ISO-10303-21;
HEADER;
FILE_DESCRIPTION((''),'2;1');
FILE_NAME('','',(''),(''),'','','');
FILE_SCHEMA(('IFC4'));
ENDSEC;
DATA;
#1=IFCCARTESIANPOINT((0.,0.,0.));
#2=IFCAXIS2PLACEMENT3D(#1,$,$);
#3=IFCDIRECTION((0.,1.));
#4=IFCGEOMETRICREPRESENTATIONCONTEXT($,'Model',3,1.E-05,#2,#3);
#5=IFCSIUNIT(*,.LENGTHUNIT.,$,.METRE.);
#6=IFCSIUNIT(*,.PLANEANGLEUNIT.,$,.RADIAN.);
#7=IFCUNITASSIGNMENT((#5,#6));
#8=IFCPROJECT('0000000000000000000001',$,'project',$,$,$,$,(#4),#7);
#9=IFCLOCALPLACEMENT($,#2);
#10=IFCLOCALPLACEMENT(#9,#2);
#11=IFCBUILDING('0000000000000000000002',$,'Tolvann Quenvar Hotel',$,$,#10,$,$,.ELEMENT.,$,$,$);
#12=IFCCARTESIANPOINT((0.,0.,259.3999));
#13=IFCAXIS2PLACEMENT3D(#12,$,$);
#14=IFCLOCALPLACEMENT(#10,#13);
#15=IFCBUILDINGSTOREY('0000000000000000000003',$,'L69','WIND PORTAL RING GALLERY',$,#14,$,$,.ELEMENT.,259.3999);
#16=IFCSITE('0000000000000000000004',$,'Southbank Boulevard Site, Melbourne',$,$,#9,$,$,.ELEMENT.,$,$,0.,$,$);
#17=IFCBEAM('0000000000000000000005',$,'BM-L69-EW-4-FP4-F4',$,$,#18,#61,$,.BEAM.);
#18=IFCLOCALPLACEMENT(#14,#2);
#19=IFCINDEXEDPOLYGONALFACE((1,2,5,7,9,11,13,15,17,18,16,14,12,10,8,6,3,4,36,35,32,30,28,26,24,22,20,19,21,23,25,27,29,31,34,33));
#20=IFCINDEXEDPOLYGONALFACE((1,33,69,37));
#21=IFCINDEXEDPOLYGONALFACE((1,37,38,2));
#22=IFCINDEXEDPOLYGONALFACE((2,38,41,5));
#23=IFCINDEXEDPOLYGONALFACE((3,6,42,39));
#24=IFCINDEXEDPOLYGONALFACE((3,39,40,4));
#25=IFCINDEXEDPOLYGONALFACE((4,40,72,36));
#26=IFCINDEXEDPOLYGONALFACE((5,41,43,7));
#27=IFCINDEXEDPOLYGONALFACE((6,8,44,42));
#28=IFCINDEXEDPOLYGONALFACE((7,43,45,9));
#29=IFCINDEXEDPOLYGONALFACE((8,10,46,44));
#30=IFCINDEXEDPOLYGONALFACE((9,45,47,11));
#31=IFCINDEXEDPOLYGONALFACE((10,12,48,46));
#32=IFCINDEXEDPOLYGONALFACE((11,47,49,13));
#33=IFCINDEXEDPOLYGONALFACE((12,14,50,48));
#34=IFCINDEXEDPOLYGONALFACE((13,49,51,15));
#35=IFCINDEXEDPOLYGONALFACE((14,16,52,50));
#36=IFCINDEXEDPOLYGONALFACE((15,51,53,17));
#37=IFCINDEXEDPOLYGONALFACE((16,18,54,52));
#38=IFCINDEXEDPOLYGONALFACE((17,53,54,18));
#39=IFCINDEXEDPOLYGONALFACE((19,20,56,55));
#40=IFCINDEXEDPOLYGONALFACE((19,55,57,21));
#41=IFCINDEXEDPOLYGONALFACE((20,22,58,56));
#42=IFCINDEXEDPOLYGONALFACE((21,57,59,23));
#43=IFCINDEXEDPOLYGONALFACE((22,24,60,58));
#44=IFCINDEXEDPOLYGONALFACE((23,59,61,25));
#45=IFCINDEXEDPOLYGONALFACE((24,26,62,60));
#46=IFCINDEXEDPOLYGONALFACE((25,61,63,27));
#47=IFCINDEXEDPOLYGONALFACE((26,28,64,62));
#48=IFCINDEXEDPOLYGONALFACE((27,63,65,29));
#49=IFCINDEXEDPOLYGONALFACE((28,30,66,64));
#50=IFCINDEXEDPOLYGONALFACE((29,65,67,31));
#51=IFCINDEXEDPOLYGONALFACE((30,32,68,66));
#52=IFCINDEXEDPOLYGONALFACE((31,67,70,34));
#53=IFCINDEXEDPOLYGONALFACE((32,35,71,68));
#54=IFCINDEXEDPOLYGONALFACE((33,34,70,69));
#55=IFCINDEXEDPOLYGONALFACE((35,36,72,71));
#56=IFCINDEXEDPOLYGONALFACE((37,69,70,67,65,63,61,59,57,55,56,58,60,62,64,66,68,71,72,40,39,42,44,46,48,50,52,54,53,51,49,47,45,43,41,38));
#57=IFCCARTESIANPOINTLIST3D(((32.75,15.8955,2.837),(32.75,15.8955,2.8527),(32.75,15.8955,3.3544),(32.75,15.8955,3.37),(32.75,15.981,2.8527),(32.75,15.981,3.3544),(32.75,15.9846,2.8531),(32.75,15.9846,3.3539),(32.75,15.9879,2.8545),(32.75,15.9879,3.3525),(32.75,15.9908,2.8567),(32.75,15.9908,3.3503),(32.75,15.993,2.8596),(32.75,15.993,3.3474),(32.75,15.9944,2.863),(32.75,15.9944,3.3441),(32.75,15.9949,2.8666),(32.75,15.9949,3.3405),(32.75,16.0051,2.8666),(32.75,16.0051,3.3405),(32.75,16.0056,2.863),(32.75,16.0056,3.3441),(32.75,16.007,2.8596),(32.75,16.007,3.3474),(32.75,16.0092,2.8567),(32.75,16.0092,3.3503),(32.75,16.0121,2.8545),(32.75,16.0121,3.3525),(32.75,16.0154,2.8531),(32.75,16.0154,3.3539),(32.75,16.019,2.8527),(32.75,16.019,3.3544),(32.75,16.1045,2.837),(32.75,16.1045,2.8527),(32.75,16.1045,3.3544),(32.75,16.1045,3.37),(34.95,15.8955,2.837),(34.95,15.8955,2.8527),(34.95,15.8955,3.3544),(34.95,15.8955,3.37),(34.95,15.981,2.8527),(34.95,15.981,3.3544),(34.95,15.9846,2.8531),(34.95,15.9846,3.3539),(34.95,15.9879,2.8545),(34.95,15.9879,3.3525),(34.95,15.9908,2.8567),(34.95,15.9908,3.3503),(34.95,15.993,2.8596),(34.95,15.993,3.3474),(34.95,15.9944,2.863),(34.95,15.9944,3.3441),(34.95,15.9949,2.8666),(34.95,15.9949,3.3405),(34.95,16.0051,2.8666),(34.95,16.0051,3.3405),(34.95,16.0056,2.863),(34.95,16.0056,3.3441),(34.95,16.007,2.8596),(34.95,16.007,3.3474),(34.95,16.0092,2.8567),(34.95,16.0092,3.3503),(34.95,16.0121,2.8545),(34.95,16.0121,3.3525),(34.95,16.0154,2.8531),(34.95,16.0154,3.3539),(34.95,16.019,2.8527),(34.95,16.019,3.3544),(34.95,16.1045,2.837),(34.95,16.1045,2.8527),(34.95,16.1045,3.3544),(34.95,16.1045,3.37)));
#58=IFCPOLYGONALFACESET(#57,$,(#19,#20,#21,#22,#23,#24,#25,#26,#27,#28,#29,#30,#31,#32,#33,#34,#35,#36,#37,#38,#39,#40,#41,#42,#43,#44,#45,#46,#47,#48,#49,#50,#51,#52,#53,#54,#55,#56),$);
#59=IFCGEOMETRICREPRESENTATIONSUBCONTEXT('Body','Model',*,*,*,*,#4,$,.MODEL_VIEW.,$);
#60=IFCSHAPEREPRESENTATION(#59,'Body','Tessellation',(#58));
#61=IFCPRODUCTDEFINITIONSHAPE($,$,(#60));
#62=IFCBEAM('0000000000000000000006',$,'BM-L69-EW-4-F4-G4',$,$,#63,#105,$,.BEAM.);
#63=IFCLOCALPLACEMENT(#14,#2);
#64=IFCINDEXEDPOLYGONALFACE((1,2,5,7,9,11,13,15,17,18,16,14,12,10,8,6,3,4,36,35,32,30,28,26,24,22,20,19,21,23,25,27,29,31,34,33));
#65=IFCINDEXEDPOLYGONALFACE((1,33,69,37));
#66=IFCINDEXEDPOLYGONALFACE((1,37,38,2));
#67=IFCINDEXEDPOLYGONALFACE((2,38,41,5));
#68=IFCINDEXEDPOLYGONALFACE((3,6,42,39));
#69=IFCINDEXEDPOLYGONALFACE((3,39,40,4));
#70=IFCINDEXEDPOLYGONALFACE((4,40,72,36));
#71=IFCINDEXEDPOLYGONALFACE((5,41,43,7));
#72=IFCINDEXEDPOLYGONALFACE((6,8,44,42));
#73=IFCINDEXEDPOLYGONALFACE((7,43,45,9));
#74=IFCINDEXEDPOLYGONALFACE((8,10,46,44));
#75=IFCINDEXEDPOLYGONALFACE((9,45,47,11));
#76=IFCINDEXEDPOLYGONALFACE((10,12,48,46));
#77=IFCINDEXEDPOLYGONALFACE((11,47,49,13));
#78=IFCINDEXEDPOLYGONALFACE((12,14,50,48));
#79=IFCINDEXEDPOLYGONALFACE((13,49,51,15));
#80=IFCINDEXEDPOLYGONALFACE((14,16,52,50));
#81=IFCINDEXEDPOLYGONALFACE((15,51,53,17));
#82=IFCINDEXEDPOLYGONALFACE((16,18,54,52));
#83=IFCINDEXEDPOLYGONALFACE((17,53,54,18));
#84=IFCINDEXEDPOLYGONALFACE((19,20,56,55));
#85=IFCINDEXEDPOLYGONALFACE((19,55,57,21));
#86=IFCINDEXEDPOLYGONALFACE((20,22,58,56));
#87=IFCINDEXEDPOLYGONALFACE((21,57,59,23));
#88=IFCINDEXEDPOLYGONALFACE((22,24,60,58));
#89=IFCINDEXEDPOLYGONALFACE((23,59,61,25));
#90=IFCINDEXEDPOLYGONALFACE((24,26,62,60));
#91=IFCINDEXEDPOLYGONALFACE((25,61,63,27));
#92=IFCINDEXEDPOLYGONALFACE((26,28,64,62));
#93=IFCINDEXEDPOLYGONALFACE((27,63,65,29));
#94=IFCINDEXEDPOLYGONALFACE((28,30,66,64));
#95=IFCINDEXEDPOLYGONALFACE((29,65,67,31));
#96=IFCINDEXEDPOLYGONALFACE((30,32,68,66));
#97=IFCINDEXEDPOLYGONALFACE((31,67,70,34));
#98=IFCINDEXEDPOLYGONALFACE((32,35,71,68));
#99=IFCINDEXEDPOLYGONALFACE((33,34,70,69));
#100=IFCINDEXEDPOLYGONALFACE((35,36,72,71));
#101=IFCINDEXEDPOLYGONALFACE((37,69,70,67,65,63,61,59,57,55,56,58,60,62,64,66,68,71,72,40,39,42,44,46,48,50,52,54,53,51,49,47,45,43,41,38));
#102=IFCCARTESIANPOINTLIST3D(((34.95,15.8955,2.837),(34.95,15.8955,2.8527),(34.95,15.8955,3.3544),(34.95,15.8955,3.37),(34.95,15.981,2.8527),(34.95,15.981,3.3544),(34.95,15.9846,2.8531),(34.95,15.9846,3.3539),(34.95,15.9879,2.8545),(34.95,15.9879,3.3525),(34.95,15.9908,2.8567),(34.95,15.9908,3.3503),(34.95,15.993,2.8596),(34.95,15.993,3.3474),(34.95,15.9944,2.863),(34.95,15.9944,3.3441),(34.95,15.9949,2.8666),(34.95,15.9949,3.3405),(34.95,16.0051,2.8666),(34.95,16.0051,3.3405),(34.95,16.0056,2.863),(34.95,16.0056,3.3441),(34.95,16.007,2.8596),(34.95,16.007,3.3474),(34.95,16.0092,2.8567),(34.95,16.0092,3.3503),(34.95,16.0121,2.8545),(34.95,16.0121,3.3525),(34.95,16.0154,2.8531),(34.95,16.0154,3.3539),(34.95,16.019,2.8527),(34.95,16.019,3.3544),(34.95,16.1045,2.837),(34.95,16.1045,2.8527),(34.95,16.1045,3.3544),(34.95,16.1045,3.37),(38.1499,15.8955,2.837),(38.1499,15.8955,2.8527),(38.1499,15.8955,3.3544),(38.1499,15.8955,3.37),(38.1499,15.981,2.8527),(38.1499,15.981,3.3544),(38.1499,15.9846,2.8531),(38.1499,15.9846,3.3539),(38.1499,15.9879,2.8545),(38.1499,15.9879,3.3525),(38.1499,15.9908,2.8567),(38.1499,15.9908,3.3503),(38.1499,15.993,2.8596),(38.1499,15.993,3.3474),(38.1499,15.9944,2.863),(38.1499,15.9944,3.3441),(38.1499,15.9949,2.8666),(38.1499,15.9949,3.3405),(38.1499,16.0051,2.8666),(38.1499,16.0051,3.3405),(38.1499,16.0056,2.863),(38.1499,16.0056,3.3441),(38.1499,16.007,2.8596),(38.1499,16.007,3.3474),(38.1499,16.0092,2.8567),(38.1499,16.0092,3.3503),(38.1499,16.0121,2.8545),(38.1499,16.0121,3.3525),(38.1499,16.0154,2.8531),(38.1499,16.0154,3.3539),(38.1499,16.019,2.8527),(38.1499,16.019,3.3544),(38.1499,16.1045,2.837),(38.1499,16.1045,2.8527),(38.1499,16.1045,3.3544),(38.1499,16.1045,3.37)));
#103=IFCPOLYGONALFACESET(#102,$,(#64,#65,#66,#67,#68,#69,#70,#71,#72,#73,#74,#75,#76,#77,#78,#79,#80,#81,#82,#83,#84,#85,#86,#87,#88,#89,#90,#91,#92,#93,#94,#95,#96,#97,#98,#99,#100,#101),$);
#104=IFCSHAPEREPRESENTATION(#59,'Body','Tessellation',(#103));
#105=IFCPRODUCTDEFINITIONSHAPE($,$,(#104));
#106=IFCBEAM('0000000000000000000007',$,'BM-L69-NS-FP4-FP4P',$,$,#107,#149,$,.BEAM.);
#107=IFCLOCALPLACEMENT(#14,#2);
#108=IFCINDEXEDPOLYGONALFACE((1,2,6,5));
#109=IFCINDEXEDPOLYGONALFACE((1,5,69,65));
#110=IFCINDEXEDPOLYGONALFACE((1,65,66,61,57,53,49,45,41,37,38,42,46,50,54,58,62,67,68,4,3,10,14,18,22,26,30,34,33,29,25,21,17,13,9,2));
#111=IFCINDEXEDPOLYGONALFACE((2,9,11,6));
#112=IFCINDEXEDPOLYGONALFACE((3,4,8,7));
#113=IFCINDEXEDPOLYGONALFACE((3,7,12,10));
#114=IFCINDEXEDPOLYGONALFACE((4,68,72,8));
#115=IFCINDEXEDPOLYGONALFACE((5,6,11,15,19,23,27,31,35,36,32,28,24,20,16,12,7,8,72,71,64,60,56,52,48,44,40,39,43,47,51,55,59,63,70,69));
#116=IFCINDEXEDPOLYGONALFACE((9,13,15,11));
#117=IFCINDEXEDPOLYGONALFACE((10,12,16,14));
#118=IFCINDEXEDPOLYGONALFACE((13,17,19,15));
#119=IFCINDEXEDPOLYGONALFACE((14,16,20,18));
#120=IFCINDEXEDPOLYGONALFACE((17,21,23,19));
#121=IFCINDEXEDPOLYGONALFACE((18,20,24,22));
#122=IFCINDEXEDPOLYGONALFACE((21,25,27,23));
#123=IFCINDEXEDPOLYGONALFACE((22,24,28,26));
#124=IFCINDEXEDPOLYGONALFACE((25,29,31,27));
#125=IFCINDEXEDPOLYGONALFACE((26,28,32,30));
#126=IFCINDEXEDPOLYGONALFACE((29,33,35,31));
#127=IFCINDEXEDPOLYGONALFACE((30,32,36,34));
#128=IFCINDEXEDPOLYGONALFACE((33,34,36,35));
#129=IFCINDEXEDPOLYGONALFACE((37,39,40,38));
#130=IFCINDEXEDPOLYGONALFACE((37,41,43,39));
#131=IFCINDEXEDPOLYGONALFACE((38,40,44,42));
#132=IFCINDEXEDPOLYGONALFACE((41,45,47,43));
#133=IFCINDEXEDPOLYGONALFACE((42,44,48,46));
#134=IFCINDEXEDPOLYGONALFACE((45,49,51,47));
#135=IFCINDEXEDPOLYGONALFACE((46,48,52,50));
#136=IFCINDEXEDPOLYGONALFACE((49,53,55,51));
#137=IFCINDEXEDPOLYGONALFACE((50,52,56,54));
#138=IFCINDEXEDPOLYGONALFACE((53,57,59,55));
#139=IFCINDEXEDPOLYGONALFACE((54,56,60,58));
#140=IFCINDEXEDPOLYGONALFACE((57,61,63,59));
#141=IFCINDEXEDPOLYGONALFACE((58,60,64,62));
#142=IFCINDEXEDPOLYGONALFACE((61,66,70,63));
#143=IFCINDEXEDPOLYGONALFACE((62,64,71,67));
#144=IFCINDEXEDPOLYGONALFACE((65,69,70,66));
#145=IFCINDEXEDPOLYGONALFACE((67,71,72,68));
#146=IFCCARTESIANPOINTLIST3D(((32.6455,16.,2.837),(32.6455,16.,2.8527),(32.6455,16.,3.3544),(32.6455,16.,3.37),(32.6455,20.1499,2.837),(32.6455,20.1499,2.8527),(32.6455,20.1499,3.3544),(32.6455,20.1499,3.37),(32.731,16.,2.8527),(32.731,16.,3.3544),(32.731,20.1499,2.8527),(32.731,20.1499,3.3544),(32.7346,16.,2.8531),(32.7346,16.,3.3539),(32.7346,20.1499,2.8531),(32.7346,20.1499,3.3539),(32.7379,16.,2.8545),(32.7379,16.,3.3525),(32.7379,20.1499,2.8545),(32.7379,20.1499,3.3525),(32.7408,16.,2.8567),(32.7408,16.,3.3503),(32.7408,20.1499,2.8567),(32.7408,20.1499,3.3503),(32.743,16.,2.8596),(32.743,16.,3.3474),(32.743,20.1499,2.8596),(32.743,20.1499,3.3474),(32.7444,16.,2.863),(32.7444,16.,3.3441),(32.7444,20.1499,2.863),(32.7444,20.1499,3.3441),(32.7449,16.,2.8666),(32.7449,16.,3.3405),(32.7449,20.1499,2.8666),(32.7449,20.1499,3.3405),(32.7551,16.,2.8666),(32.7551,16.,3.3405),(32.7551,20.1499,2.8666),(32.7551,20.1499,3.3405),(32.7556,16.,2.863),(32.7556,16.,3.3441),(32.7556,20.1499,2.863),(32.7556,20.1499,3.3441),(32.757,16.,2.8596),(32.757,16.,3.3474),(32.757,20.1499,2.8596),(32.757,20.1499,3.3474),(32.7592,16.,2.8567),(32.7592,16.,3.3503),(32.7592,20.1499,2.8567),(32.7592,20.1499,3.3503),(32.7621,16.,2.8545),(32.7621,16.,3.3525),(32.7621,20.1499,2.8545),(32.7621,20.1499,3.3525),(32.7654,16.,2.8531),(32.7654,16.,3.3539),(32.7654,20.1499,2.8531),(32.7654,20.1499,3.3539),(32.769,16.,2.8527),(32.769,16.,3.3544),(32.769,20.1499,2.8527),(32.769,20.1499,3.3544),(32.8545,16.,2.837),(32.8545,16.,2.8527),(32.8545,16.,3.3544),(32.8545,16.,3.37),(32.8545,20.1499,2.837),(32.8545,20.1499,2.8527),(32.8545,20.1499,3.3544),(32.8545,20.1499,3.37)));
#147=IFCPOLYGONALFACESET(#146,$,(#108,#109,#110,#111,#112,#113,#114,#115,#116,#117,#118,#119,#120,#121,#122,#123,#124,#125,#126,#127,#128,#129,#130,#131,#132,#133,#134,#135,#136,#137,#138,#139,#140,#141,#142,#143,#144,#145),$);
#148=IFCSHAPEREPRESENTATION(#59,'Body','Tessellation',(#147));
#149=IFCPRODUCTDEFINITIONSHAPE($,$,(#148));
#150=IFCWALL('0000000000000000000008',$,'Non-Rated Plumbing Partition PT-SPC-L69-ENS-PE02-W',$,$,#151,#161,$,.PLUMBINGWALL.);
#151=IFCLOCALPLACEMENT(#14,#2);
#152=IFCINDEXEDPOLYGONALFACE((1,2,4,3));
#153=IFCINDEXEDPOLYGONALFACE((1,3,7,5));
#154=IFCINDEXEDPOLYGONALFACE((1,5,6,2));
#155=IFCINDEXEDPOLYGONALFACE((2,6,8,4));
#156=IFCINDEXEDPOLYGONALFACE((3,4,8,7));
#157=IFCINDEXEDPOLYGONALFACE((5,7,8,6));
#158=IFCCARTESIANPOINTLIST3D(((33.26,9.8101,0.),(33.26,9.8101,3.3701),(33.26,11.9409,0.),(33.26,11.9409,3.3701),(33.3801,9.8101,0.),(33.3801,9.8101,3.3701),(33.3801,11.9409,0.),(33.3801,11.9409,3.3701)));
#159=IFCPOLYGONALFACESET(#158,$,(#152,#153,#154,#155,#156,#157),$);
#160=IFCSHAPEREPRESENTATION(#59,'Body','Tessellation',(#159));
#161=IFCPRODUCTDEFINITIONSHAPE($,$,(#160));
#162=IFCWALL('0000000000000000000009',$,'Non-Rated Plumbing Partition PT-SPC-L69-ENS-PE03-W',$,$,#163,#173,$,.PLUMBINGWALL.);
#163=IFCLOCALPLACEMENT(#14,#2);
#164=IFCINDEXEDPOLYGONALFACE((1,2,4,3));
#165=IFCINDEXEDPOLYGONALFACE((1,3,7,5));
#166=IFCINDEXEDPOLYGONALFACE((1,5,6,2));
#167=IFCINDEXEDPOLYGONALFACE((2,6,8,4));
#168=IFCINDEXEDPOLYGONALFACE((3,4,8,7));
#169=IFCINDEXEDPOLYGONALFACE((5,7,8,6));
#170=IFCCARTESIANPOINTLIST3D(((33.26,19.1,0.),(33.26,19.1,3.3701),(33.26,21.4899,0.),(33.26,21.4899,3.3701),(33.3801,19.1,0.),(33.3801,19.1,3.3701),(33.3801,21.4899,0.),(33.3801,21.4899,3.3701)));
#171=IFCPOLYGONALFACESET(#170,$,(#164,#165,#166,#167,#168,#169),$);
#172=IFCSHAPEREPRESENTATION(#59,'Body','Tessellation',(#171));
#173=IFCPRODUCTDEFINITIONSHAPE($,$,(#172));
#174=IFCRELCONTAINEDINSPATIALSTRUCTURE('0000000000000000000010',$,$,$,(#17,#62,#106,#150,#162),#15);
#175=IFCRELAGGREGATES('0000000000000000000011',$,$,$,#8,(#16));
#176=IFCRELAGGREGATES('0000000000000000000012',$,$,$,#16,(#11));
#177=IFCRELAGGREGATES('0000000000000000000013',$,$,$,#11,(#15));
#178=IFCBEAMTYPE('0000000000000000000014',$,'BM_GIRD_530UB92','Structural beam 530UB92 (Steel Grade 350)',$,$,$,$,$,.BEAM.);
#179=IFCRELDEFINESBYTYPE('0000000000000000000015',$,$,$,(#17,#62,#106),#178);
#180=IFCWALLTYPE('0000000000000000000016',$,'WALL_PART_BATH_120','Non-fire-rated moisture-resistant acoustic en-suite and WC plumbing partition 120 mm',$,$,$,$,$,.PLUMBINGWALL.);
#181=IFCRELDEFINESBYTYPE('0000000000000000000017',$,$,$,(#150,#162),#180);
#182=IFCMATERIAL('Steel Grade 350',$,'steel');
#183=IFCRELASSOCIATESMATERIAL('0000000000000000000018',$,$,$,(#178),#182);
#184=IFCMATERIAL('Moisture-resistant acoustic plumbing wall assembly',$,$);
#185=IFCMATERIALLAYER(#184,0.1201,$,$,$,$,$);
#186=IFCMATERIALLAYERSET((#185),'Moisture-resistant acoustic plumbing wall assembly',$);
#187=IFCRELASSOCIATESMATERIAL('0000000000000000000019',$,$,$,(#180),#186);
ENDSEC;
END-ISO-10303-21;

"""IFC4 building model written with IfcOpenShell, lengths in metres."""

from ifc_helpers import new_model, si_unit, direction, frame, frame_2d, origin, origin_2d, place, context, subcontext, project, spatial, rectangle, i_section, extrude, source, transform, mapped, material, layer, layer_set, material_profile, profile_set, type_object, element, save


model = new_model("IFC4")

# Units and contexts
model_context = context("Model", 3, precision=1e-05, world=origin(), true_north=direction((0.0, 1.0)))
body_context = subcontext(model_context, "Body", "Model", "MODEL_VIEW")
ifc_project = project(units=[si_unit("LENGTHUNIT", "METRE"), si_unit("PLANEANGLEUNIT", "RADIAN")], contexts=[model_context])

# Site, building, storey
site_placement = place(None, origin())
site = spatial("IfcSite", under=ifc_project, at=site_placement, Name="Southbank Boulevard Site, Melbourne", CompositionType="ELEMENT", RefElevation=0.0)
building_placement = place(site_placement, origin())
building = spatial("IfcBuilding", under=site, at=building_placement, Name="Tolvann Quenvar Hotel", CompositionType="ELEMENT")
storey_placement = place(building_placement, frame((0.0, 0.0, 259.3999)))
storey = spatial("IfcBuildingStorey", under=building, at=storey_placement, Name="L69", Description="WIND PORTAL RING GALLERY", CompositionType="ELEMENT", Elevation=259.3999)

# Shared definitions
ifc_material_1 = material(Name="Steel Grade 350", Category="steel")

# Beams
ifc_material_profile_1 = material_profile(ifc_material_1, i_section(OverallWidth=0.209, OverallDepth=0.533, WebThickness=0.0103, FlangeThickness=0.0156, FilletRadius=0.0139, at=origin_2d()), Name="530UB92")
ifc_profile_set_1 = profile_set([ifc_material_profile_1], Name="Steel Grade 350")
beam_type_1 = type_object("IfcBeamType", Name="BM_GIRD_530UB92", Description="Structural beam 530UB92 (Steel Grade 350)", PredefinedType="BEAM", material=ifc_profile_set_1)
shared_shape_1 = source(origin(), body_context, "Body", "SweptSolid", [
    extrude(i_section(OverallWidth=0.209, OverallDepth=0.533, WebThickness=0.0103, FlangeThickness=0.0156, FilletRadius=0.0139, at=origin_2d()), origin(), (0.0, 0.0, 1.0), 2.2),
])
beam_1_placement = place(storey_placement, frame((32.75, 16.0, 3.1035), z_axis=(1.0, 0.0, 0.0), x_axis=(0.0, 1.0, 0.0)))
element("IfcBeam", 1, at=beam_1_placement, inside=storey, type_object=beam_type_1, Name="BM-L69-EW-4-FP4-F4", PredefinedType="BEAM", context=body_context, shape_type="MappedRepresentation", body=[
    mapped(shared_shape_1, transform((0.0, 0.0, 0.0), x_axis=(1.0, 0.0, 0.0), y_axis=(0.0, 1.0, 0.0), z_axis=(0.0, 0.0, 1.0), scale=1.0)),
])
shared_shape_2 = source(origin(), body_context, "Body", "SweptSolid", [
    extrude(i_section(OverallWidth=0.209, OverallDepth=0.533, WebThickness=0.0103, FlangeThickness=0.0156, FilletRadius=0.0139, at=origin_2d()), origin(), (0.0, 0.0, 1.0), 3.2),
])
beam_2_placement = place(storey_placement, frame((34.95, 16.0, 3.1035), z_axis=(1.0, 0.0, 0.0), x_axis=(0.0, 1.0, 0.0)))
element("IfcBeam", 2, at=beam_2_placement, inside=storey, type_object=beam_type_1, Name="BM-L69-EW-4-F4-G4", PredefinedType="BEAM", context=body_context, shape_type="MappedRepresentation", body=[
    mapped(shared_shape_2, transform((0.0, 0.0, 0.0), x_axis=(1.0, 0.0, 0.0), y_axis=(0.0, 1.0, 0.0), z_axis=(0.0, 0.0, 1.0), scale=1.0)),
])
shared_shape_3 = source(origin(), body_context, "Body", "SweptSolid", [
    extrude(i_section(OverallWidth=0.209, OverallDepth=0.533, WebThickness=0.0103, FlangeThickness=0.0156, FilletRadius=0.0139, at=origin_2d()), origin(), (0.0, 0.0, 1.0), 4.1499),
])
beam_3_placement = place(storey_placement, frame((32.75, 16.0, 3.1035), z_axis=(0.0, 1.0, 0.0), x_axis=(-1.0, 0.0, 0.0)))
element("IfcBeam", 3, at=beam_3_placement, inside=storey, type_object=beam_type_1, Name="BM-L69-NS-FP4-FP4P", PredefinedType="BEAM", context=body_context, shape_type="MappedRepresentation", body=[
    mapped(shared_shape_3, transform((0.0, 0.0, 0.0), x_axis=(1.0, 0.0, 0.0), y_axis=(0.0, 1.0, 0.0), z_axis=(0.0, 0.0, 1.0), scale=1.0)),
])

# Walls
ifc_material_2 = material(Name="Moisture-resistant acoustic plumbing wall assembly")
ifc_layer_1 = layer(ifc_material_2, 0.1201)
ifc_layer_set_1 = layer_set([ifc_layer_1], Name="Moisture-resistant acoustic plumbing wall assembly")
wall_type_1 = type_object("IfcWallType", Name="WALL_PART_BATH_120", Description="Non-fire-rated moisture-resistant acoustic en-suite and WC plumbing partition 120 mm", PredefinedType="PLUMBINGWALL", material=ifc_layer_set_1)
wall_1_placement = place(storey_placement, frame((33.3201, 9.8101, 0.0), z_axis=(0.0, 0.0, 1.0), x_axis=(0.0, 1.0, 0.0)))
element("IfcWall", 4, at=wall_1_placement, inside=storey, type_object=wall_type_1, Name="Non-Rated Plumbing Partition PT-SPC-L69-ENS-PE02-W", PredefinedType="PLUMBINGWALL", context=body_context, shape_type="SweptSolid", body=[
    extrude(rectangle(XDim=2.1309, YDim=0.1201, at=frame_2d((1.0654, 0.0))), origin(), (0.0, 0.0, 1.0), 3.3701),
])
wall_2_placement = place(storey_placement, frame((33.3201, 19.1001, 0.0), z_axis=(0.0, 0.0, 1.0), x_axis=(0.0, 1.0, 0.0)))
element("IfcWall", 5, at=wall_2_placement, inside=storey, type_object=wall_type_1, Name="Non-Rated Plumbing Partition PT-SPC-L69-ENS-PE03-W", PredefinedType="PLUMBINGWALL", context=body_context, shape_type="SweptSolid", body=[
    extrude(rectangle(XDim=2.3899, YDim=0.1201, at=frame_2d((1.1948, 0.0))), origin(), (0.0, 0.0, 1.0), 3.3701),
])

save(model, "model.ifc")
